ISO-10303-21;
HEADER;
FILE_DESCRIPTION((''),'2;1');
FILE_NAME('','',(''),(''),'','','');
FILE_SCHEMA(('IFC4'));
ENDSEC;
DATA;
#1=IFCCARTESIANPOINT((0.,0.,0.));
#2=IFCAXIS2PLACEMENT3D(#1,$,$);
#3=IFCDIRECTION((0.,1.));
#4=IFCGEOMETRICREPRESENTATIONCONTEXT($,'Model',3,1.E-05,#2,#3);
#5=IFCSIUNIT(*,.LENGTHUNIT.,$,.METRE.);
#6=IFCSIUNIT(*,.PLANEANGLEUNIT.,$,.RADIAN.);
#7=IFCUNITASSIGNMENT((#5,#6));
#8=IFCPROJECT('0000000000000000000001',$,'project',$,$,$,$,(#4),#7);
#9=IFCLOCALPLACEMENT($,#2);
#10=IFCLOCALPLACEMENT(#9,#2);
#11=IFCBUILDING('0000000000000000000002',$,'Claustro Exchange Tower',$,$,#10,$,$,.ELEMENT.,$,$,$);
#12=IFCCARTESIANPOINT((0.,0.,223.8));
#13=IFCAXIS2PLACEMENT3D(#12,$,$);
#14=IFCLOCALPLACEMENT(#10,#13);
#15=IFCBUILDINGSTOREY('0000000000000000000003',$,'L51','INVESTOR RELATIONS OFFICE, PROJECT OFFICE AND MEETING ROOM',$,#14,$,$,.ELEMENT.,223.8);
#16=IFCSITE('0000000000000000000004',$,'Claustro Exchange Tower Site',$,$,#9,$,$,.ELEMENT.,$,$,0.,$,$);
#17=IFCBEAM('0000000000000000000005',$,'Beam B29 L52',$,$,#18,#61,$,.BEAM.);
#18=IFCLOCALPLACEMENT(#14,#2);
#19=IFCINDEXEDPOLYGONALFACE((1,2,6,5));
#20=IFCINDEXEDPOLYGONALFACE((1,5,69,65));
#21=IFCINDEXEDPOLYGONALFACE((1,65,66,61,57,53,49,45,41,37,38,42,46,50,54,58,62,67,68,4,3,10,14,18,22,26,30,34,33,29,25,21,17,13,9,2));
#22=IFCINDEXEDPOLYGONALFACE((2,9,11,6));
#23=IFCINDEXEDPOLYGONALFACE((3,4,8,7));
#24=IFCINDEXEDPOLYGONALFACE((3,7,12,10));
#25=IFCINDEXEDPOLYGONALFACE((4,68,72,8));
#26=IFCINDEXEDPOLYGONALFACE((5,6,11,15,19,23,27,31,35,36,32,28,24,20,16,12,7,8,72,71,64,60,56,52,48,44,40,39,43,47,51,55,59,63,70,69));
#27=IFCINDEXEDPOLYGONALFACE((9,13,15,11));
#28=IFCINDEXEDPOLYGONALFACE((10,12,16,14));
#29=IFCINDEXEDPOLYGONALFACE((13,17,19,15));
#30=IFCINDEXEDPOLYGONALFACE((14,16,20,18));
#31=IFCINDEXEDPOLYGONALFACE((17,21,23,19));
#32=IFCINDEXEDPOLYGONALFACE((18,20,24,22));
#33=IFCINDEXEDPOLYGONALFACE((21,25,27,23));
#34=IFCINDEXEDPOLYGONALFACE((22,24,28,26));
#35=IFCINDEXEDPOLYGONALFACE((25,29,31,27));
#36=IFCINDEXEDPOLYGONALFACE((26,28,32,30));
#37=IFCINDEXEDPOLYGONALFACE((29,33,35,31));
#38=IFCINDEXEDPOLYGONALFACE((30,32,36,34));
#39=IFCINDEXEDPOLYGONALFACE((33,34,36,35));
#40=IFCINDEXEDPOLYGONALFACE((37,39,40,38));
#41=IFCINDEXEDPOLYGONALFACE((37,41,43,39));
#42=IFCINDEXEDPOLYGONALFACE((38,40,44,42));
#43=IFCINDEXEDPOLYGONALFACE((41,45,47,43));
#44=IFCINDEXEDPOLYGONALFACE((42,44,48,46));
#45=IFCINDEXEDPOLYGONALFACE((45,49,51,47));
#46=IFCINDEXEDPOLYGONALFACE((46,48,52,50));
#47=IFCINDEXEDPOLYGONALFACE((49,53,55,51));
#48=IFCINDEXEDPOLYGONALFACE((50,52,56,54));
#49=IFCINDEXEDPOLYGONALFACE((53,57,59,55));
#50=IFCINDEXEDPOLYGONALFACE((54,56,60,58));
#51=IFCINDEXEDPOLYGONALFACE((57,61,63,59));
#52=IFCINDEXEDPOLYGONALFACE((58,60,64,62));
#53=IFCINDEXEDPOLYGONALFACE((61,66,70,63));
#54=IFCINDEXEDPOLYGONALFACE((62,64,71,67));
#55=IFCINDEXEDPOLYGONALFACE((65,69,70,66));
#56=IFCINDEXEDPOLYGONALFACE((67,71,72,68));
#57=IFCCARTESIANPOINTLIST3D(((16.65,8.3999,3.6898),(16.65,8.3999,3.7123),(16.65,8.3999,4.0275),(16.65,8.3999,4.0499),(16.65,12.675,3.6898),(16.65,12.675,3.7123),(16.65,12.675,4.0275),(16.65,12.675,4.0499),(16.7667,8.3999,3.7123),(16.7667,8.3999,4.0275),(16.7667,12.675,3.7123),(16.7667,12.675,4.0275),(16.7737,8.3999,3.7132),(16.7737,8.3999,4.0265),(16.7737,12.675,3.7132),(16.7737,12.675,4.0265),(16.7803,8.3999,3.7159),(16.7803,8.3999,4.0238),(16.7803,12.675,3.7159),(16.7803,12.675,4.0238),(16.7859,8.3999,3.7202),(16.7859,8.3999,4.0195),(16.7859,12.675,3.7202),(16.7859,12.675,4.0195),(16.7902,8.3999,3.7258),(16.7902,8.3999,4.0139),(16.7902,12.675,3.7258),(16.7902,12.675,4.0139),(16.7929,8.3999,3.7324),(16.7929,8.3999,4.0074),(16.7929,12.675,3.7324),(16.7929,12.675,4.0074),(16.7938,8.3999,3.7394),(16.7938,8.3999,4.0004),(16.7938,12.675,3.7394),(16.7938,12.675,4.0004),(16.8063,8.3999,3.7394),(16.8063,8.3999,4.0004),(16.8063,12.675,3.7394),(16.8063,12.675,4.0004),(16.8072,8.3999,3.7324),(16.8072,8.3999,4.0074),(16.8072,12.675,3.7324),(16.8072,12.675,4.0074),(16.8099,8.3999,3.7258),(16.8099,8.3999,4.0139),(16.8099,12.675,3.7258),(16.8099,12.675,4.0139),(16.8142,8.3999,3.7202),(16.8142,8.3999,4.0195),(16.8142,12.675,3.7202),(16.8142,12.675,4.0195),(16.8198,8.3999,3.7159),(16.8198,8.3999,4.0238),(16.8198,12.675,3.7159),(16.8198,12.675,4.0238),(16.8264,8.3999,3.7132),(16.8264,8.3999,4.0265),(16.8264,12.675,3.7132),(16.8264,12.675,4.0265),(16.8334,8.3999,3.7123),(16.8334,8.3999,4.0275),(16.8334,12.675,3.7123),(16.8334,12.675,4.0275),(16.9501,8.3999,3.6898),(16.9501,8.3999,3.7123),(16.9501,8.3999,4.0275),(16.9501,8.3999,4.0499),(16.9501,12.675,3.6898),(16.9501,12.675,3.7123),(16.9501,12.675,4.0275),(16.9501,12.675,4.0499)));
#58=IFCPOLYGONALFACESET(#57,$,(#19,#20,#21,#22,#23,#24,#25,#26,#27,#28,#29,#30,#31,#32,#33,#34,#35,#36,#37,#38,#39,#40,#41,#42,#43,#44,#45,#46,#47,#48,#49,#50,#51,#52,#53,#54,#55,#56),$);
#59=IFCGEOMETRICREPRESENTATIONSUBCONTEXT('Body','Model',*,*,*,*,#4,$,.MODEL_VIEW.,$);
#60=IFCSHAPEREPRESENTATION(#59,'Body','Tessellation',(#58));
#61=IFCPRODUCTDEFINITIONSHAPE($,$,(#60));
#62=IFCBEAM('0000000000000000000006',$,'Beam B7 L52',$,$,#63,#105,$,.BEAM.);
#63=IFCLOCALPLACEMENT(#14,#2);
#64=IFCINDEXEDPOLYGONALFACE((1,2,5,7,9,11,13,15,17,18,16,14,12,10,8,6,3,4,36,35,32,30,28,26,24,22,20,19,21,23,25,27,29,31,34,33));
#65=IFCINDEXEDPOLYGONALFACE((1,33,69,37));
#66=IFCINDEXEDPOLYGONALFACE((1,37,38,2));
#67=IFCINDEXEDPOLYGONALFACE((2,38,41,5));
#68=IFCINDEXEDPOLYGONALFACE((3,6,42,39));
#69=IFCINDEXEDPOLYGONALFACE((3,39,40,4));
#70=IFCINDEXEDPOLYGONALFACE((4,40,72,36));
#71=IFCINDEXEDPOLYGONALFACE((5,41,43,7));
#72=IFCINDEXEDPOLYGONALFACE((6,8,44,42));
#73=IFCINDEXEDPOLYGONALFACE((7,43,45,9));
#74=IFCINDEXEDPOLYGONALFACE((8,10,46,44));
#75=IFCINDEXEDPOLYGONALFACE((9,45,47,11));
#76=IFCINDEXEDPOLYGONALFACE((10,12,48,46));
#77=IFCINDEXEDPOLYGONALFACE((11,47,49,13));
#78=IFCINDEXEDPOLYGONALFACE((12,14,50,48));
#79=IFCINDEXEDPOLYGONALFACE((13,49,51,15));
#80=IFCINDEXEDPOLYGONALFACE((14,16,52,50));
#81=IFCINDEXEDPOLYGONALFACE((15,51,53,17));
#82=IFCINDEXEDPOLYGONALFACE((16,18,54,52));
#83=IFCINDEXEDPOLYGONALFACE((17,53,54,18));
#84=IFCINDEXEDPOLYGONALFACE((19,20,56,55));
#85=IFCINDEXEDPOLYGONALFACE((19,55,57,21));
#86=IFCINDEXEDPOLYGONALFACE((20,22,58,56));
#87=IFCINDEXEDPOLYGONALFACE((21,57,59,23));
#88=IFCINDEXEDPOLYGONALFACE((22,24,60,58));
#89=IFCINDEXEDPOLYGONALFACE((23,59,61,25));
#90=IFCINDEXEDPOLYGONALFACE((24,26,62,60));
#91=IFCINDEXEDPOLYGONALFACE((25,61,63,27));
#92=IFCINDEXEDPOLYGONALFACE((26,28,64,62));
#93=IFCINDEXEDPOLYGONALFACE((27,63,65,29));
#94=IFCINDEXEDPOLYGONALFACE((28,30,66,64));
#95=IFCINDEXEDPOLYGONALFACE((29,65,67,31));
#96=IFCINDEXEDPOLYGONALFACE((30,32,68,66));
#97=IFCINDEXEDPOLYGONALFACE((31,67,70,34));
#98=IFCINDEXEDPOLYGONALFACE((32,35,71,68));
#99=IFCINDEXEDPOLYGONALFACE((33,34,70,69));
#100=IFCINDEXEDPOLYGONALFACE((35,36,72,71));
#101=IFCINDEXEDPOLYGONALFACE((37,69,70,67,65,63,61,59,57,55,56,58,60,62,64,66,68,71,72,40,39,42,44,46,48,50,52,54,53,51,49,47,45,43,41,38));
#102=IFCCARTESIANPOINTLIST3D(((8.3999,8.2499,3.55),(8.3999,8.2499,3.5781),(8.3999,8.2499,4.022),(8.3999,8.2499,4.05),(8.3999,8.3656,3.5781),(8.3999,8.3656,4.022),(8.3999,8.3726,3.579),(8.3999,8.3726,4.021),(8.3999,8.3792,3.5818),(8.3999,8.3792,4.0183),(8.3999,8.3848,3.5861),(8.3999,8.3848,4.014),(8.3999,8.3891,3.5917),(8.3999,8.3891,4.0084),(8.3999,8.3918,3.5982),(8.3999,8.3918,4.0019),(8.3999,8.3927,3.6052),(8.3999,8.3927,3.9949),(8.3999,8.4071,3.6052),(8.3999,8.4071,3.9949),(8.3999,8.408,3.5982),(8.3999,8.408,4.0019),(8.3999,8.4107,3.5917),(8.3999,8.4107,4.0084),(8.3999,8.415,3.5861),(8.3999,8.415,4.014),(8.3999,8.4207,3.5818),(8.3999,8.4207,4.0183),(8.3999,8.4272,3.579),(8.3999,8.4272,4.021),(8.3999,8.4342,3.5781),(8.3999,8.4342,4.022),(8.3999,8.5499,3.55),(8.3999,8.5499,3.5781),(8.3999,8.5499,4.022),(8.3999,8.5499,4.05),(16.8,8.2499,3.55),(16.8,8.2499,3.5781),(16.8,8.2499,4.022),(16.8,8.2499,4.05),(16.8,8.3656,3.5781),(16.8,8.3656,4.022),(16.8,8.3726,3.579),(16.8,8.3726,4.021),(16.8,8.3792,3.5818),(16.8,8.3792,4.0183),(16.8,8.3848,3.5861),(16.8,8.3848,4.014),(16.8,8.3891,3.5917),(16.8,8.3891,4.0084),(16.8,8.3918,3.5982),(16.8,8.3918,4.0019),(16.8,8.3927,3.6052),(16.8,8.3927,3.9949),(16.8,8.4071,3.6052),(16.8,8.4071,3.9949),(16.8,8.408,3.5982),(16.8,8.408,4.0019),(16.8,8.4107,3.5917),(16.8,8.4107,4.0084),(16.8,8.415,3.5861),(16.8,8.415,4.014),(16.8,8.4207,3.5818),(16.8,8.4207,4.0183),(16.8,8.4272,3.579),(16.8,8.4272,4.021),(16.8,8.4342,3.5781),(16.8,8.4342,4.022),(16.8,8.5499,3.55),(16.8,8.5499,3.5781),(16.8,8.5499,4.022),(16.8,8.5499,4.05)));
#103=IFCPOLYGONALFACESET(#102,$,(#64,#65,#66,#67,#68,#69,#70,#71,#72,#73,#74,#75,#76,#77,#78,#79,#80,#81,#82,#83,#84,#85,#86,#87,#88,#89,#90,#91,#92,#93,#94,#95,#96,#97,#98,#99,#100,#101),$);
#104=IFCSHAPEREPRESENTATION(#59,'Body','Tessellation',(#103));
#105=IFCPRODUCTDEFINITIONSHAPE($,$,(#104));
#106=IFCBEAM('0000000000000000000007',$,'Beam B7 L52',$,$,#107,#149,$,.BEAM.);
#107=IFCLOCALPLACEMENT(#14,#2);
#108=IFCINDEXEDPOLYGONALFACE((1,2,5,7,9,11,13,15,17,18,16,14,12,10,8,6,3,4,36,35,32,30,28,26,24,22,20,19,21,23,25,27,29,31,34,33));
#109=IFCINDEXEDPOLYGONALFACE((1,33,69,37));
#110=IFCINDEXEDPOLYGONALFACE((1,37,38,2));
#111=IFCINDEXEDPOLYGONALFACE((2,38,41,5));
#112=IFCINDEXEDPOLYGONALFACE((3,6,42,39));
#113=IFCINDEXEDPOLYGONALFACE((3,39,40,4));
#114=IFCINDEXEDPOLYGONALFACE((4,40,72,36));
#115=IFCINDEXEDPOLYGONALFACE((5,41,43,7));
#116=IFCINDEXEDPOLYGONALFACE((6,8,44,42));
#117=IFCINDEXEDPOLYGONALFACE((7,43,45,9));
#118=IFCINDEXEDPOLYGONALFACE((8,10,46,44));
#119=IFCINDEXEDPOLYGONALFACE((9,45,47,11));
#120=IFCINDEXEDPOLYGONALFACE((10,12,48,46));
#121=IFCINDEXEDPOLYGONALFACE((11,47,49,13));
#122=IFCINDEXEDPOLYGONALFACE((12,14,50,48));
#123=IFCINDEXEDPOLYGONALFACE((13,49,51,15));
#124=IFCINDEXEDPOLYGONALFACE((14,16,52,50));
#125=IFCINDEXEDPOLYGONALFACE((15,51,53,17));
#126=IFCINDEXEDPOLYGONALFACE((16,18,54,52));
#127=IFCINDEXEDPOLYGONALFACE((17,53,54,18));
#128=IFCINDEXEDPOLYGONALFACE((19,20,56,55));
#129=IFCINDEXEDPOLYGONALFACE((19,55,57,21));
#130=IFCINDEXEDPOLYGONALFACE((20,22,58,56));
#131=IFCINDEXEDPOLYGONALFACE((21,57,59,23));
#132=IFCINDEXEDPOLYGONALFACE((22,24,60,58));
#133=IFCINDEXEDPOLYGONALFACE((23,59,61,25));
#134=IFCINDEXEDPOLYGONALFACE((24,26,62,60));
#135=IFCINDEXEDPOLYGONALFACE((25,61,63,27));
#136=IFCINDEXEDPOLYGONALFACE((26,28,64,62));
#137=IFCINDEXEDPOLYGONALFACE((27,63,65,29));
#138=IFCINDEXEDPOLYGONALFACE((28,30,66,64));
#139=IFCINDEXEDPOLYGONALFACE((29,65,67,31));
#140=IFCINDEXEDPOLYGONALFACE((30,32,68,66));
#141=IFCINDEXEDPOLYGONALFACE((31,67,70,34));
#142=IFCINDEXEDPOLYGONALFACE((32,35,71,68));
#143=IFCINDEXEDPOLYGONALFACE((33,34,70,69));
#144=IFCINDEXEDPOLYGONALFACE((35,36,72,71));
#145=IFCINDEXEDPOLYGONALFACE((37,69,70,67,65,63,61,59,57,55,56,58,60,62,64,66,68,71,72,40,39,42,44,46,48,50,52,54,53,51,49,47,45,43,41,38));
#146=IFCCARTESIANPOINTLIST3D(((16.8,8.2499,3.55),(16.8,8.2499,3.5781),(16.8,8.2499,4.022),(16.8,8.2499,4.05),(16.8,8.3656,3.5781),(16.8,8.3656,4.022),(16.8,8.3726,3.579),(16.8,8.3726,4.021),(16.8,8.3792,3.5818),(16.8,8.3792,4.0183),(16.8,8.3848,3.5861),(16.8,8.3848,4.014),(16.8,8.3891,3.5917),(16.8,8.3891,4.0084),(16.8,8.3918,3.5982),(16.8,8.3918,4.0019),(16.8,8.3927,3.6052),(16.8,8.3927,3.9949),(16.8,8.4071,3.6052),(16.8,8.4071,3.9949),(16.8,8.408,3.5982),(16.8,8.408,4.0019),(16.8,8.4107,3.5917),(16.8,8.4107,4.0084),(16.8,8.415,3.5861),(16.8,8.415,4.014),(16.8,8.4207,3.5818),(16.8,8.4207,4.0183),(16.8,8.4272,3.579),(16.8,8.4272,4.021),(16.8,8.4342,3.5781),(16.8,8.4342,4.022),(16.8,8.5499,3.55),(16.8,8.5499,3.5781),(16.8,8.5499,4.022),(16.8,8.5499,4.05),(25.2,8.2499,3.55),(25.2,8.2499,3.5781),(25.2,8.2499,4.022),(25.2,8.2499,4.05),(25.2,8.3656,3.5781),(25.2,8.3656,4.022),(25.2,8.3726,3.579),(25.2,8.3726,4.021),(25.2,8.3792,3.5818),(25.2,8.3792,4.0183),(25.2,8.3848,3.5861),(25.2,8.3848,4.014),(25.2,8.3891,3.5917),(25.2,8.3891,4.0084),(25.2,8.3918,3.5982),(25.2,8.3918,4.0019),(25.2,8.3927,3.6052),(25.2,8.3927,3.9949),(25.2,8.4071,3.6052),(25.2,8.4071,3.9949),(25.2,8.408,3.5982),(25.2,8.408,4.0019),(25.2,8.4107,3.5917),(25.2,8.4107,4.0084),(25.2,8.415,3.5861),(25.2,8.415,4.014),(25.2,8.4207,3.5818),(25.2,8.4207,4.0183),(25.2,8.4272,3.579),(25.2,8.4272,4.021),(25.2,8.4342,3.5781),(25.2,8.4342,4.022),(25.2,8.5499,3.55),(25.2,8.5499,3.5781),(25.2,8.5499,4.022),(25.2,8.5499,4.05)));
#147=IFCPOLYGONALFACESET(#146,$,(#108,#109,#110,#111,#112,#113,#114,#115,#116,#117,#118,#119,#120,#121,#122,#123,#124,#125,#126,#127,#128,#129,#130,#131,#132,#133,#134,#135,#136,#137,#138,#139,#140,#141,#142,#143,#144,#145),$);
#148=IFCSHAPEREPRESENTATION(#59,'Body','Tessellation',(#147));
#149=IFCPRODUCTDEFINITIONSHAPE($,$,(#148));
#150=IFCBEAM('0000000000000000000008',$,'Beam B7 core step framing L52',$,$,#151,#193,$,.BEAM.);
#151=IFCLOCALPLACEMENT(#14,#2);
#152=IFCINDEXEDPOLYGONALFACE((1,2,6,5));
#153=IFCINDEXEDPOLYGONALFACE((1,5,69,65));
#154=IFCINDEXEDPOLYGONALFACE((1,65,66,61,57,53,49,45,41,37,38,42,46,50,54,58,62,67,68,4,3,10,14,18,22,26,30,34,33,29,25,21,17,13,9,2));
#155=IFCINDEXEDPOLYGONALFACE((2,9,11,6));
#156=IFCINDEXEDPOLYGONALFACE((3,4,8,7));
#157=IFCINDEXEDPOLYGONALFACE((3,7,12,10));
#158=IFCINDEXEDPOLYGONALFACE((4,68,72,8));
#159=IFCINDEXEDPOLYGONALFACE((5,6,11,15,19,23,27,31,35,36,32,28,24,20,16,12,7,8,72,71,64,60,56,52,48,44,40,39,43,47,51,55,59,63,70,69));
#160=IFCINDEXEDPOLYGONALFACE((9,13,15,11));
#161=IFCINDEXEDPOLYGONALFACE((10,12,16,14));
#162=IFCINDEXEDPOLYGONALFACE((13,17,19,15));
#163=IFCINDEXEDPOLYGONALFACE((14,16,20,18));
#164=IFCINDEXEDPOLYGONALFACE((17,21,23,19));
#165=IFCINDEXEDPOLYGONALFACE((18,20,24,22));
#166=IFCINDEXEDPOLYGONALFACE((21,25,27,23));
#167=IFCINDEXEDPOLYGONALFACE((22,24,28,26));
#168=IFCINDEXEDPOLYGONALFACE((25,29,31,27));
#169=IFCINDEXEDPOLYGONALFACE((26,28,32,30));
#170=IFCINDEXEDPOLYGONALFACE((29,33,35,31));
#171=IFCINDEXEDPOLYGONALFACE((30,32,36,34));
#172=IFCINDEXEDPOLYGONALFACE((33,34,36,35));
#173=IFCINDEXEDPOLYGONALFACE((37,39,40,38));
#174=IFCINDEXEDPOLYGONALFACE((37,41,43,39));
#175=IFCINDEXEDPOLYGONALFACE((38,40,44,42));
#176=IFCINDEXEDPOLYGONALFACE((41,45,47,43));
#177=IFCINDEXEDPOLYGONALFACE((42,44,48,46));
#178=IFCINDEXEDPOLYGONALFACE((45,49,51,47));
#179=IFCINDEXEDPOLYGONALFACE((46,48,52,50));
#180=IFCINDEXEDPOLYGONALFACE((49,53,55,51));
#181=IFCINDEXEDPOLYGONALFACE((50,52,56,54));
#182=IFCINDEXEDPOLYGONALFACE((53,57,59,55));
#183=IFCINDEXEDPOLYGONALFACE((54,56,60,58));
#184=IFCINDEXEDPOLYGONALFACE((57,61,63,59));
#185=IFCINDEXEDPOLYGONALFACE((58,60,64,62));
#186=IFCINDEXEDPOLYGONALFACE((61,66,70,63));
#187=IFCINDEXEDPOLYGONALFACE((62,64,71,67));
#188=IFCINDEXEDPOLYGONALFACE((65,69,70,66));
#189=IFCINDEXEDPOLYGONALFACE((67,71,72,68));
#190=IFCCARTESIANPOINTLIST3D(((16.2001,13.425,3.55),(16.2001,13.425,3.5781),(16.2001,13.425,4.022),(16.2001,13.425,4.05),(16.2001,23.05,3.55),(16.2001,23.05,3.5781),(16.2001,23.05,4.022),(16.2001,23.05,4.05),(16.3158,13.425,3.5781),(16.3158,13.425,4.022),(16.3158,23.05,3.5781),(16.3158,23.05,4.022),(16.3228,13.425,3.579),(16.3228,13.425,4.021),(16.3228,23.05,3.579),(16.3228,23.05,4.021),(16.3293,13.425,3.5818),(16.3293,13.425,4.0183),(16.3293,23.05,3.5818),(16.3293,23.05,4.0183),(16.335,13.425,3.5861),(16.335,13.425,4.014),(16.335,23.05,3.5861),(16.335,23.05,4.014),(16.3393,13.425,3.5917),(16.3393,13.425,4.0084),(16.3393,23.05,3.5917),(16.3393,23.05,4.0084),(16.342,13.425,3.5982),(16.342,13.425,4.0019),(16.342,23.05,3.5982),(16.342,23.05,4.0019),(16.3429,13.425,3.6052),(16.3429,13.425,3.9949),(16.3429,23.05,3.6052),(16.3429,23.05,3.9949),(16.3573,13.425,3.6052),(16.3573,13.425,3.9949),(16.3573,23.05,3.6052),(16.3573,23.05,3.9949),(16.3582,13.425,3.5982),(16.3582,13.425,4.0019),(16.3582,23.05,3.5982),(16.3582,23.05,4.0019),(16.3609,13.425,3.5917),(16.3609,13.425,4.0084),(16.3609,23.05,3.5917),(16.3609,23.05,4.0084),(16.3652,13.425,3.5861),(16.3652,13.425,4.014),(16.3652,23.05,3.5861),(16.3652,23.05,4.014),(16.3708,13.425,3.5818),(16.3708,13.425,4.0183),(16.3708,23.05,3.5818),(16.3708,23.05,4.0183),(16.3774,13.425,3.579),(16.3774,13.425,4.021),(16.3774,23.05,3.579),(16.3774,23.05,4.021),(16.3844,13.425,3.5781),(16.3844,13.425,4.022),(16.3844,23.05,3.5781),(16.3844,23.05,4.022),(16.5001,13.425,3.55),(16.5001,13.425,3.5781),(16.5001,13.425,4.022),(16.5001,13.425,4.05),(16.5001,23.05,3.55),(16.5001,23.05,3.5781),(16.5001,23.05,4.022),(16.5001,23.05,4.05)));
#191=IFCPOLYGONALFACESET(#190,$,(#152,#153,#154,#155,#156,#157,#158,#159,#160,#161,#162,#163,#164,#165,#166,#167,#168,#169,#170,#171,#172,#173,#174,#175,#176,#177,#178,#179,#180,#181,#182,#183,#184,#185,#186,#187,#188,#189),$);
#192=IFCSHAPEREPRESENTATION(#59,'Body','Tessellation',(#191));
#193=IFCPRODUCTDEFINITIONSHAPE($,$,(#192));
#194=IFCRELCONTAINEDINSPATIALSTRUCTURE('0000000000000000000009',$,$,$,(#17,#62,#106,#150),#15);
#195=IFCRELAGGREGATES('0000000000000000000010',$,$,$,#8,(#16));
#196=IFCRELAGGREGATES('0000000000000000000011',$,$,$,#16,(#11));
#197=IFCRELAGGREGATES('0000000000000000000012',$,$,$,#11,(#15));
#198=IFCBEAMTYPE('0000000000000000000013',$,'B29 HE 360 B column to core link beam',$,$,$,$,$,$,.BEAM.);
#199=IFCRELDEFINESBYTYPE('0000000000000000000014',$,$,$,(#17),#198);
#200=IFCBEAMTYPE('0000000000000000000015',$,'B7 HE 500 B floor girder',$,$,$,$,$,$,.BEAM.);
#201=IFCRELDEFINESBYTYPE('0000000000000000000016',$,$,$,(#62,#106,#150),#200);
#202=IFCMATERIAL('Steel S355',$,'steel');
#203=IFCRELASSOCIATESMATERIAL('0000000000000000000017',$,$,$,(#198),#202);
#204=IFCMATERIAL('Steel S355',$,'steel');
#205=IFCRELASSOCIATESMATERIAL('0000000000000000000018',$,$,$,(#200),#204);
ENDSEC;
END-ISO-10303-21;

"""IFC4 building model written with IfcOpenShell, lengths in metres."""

from ifc_helpers import new_model, si_unit, direction, frame, origin, origin_2d, place, context, subcontext, project, spatial, i_section, extrude, material, material_profile, profile_set, type_object, element, save


model = new_model("IFC4")

# Units and contexts
model_context = context("Model", 3, precision=1e-05, world=origin(), true_north=direction((0.0, 1.0)))
body_context = subcontext(model_context, "Body", "Model", "MODEL_VIEW")
ifc_project = project(units=[si_unit("LENGTHUNIT", "METRE"), si_unit("PLANEANGLEUNIT", "RADIAN")], contexts=[model_context])

# Site, building, storey
site_placement = place(None, origin())
site = spatial("IfcSite", under=ifc_project, at=site_placement, Name="Claustro Exchange Tower Site", CompositionType="ELEMENT", RefElevation=0.0)
building_placement = place(site_placement, origin())
building = spatial("IfcBuilding", under=site, at=building_placement, Name="Claustro Exchange Tower", CompositionType="ELEMENT")
storey_placement = place(building_placement, frame((0.0, 0.0, 223.8)))
storey = spatial("IfcBuildingStorey", under=building, at=storey_placement, Name="L51", Description="INVESTOR RELATIONS OFFICE, PROJECT OFFICE AND MEETING ROOM", CompositionType="ELEMENT", Elevation=223.8)

# Beams
ifc_material_1 = material(Name="Steel S355", Category="steel")
ifc_material_profile_1 = material_profile(ifc_material_1, i_section(OverallWidth=0.3, OverallDepth=0.3601, WebThickness=0.0125, FlangeThickness=0.0225, FilletRadius=0.0271, at=origin_2d()), Name="HE 360 B")
ifc_profile_set_1 = profile_set([ifc_material_profile_1], Name="Steel S355")
beam_type_1 = type_object("IfcBeamType", Name="B29 HE 360 B column to core link beam", PredefinedType="BEAM", material=ifc_profile_set_1)
for number, where, z_axis, x_axis, name in (
    (1, (16.8, 8.3999, 3.8699), (0.0, 1.0, 0.0), (-1.0, 0.0, 0.0), "Beam B29 L52"),
):
    element("IfcBeam", number, at=place(storey_placement, frame(where, z_axis=z_axis, x_axis=x_axis)), inside=storey, type_object=beam_type_1, Name=name, PredefinedType="BEAM", context=body_context, shape_type="SweptSolid", body=[
        extrude(i_section(OverallWidth=0.3, OverallDepth=0.3601, WebThickness=0.0125, FlangeThickness=0.0225, FilletRadius=0.0271, at=origin_2d()), origin(), (0.0, 0.0, 1.0), 4.2751),
    ])
ifc_material_2 = material(Name="Steel S355", Category="steel")
ifc_material_profile_2 = material_profile(ifc_material_2, i_section(OverallWidth=0.3, OverallDepth=0.5, WebThickness=0.0144, FlangeThickness=0.0281, FilletRadius=0.0271, at=origin_2d()), Name="HE 500 B")
ifc_profile_set_2 = profile_set([ifc_material_profile_2], Name="Steel S355")
beam_type_2 = type_object("IfcBeamType", Name="B7 HE 500 B floor girder", PredefinedType="BEAM", material=ifc_profile_set_2)
beam_1_placement = place(storey_placement, frame((8.3999, 8.3999, 3.8), z_axis=(1.0, 0.0, 0.0), x_axis=(0.0, 1.0, 0.0)))
element("IfcBeam", 2, at=beam_1_placement, inside=storey, type_object=beam_type_2, Name="Beam B7 L52", PredefinedType="BEAM", context=body_context, shape_type="SweptSolid", body=[
    extrude(i_section(OverallWidth=0.3, OverallDepth=0.5, WebThickness=0.0144, FlangeThickness=0.0281, FilletRadius=0.0271, at=origin_2d()), origin(), (0.0, 0.0, 1.0), 8.4001),
])
beam_2_placement = place(storey_placement, frame((16.8, 8.3999, 3.8), z_axis=(1.0, 0.0, 0.0), x_axis=(0.0, 1.0, 0.0)))
element("IfcBeam", 3, at=beam_2_placement, inside=storey, type_object=beam_type_2, Name="Beam B7 L52", PredefinedType="BEAM", context=body_context, shape_type="SweptSolid", body=[
    extrude(i_section(OverallWidth=0.3, OverallDepth=0.5, WebThickness=0.0144, FlangeThickness=0.0281, FilletRadius=0.0271, at=origin_2d()), origin(), (0.0, 0.0, 1.0), 8.3999),
])
beam_3_placement = place(storey_placement, frame((16.3501, 13.425, 3.8), z_axis=(0.0, 1.0, 0.0), x_axis=(-1.0, 0.0, 0.0)))
element("IfcBeam", 4, at=beam_3_placement, inside=storey, type_object=beam_type_2, Name="Beam B7 core step framing L52", PredefinedType="BEAM", context=body_context, shape_type="SweptSolid", body=[
    extrude(i_section(OverallWidth=0.3, OverallDepth=0.5, WebThickness=0.0144, FlangeThickness=0.0281, FilletRadius=0.0271, at=origin_2d()), origin(), (0.0, 0.0, 1.0), 9.625),
])

save(model, "model.ifc")
